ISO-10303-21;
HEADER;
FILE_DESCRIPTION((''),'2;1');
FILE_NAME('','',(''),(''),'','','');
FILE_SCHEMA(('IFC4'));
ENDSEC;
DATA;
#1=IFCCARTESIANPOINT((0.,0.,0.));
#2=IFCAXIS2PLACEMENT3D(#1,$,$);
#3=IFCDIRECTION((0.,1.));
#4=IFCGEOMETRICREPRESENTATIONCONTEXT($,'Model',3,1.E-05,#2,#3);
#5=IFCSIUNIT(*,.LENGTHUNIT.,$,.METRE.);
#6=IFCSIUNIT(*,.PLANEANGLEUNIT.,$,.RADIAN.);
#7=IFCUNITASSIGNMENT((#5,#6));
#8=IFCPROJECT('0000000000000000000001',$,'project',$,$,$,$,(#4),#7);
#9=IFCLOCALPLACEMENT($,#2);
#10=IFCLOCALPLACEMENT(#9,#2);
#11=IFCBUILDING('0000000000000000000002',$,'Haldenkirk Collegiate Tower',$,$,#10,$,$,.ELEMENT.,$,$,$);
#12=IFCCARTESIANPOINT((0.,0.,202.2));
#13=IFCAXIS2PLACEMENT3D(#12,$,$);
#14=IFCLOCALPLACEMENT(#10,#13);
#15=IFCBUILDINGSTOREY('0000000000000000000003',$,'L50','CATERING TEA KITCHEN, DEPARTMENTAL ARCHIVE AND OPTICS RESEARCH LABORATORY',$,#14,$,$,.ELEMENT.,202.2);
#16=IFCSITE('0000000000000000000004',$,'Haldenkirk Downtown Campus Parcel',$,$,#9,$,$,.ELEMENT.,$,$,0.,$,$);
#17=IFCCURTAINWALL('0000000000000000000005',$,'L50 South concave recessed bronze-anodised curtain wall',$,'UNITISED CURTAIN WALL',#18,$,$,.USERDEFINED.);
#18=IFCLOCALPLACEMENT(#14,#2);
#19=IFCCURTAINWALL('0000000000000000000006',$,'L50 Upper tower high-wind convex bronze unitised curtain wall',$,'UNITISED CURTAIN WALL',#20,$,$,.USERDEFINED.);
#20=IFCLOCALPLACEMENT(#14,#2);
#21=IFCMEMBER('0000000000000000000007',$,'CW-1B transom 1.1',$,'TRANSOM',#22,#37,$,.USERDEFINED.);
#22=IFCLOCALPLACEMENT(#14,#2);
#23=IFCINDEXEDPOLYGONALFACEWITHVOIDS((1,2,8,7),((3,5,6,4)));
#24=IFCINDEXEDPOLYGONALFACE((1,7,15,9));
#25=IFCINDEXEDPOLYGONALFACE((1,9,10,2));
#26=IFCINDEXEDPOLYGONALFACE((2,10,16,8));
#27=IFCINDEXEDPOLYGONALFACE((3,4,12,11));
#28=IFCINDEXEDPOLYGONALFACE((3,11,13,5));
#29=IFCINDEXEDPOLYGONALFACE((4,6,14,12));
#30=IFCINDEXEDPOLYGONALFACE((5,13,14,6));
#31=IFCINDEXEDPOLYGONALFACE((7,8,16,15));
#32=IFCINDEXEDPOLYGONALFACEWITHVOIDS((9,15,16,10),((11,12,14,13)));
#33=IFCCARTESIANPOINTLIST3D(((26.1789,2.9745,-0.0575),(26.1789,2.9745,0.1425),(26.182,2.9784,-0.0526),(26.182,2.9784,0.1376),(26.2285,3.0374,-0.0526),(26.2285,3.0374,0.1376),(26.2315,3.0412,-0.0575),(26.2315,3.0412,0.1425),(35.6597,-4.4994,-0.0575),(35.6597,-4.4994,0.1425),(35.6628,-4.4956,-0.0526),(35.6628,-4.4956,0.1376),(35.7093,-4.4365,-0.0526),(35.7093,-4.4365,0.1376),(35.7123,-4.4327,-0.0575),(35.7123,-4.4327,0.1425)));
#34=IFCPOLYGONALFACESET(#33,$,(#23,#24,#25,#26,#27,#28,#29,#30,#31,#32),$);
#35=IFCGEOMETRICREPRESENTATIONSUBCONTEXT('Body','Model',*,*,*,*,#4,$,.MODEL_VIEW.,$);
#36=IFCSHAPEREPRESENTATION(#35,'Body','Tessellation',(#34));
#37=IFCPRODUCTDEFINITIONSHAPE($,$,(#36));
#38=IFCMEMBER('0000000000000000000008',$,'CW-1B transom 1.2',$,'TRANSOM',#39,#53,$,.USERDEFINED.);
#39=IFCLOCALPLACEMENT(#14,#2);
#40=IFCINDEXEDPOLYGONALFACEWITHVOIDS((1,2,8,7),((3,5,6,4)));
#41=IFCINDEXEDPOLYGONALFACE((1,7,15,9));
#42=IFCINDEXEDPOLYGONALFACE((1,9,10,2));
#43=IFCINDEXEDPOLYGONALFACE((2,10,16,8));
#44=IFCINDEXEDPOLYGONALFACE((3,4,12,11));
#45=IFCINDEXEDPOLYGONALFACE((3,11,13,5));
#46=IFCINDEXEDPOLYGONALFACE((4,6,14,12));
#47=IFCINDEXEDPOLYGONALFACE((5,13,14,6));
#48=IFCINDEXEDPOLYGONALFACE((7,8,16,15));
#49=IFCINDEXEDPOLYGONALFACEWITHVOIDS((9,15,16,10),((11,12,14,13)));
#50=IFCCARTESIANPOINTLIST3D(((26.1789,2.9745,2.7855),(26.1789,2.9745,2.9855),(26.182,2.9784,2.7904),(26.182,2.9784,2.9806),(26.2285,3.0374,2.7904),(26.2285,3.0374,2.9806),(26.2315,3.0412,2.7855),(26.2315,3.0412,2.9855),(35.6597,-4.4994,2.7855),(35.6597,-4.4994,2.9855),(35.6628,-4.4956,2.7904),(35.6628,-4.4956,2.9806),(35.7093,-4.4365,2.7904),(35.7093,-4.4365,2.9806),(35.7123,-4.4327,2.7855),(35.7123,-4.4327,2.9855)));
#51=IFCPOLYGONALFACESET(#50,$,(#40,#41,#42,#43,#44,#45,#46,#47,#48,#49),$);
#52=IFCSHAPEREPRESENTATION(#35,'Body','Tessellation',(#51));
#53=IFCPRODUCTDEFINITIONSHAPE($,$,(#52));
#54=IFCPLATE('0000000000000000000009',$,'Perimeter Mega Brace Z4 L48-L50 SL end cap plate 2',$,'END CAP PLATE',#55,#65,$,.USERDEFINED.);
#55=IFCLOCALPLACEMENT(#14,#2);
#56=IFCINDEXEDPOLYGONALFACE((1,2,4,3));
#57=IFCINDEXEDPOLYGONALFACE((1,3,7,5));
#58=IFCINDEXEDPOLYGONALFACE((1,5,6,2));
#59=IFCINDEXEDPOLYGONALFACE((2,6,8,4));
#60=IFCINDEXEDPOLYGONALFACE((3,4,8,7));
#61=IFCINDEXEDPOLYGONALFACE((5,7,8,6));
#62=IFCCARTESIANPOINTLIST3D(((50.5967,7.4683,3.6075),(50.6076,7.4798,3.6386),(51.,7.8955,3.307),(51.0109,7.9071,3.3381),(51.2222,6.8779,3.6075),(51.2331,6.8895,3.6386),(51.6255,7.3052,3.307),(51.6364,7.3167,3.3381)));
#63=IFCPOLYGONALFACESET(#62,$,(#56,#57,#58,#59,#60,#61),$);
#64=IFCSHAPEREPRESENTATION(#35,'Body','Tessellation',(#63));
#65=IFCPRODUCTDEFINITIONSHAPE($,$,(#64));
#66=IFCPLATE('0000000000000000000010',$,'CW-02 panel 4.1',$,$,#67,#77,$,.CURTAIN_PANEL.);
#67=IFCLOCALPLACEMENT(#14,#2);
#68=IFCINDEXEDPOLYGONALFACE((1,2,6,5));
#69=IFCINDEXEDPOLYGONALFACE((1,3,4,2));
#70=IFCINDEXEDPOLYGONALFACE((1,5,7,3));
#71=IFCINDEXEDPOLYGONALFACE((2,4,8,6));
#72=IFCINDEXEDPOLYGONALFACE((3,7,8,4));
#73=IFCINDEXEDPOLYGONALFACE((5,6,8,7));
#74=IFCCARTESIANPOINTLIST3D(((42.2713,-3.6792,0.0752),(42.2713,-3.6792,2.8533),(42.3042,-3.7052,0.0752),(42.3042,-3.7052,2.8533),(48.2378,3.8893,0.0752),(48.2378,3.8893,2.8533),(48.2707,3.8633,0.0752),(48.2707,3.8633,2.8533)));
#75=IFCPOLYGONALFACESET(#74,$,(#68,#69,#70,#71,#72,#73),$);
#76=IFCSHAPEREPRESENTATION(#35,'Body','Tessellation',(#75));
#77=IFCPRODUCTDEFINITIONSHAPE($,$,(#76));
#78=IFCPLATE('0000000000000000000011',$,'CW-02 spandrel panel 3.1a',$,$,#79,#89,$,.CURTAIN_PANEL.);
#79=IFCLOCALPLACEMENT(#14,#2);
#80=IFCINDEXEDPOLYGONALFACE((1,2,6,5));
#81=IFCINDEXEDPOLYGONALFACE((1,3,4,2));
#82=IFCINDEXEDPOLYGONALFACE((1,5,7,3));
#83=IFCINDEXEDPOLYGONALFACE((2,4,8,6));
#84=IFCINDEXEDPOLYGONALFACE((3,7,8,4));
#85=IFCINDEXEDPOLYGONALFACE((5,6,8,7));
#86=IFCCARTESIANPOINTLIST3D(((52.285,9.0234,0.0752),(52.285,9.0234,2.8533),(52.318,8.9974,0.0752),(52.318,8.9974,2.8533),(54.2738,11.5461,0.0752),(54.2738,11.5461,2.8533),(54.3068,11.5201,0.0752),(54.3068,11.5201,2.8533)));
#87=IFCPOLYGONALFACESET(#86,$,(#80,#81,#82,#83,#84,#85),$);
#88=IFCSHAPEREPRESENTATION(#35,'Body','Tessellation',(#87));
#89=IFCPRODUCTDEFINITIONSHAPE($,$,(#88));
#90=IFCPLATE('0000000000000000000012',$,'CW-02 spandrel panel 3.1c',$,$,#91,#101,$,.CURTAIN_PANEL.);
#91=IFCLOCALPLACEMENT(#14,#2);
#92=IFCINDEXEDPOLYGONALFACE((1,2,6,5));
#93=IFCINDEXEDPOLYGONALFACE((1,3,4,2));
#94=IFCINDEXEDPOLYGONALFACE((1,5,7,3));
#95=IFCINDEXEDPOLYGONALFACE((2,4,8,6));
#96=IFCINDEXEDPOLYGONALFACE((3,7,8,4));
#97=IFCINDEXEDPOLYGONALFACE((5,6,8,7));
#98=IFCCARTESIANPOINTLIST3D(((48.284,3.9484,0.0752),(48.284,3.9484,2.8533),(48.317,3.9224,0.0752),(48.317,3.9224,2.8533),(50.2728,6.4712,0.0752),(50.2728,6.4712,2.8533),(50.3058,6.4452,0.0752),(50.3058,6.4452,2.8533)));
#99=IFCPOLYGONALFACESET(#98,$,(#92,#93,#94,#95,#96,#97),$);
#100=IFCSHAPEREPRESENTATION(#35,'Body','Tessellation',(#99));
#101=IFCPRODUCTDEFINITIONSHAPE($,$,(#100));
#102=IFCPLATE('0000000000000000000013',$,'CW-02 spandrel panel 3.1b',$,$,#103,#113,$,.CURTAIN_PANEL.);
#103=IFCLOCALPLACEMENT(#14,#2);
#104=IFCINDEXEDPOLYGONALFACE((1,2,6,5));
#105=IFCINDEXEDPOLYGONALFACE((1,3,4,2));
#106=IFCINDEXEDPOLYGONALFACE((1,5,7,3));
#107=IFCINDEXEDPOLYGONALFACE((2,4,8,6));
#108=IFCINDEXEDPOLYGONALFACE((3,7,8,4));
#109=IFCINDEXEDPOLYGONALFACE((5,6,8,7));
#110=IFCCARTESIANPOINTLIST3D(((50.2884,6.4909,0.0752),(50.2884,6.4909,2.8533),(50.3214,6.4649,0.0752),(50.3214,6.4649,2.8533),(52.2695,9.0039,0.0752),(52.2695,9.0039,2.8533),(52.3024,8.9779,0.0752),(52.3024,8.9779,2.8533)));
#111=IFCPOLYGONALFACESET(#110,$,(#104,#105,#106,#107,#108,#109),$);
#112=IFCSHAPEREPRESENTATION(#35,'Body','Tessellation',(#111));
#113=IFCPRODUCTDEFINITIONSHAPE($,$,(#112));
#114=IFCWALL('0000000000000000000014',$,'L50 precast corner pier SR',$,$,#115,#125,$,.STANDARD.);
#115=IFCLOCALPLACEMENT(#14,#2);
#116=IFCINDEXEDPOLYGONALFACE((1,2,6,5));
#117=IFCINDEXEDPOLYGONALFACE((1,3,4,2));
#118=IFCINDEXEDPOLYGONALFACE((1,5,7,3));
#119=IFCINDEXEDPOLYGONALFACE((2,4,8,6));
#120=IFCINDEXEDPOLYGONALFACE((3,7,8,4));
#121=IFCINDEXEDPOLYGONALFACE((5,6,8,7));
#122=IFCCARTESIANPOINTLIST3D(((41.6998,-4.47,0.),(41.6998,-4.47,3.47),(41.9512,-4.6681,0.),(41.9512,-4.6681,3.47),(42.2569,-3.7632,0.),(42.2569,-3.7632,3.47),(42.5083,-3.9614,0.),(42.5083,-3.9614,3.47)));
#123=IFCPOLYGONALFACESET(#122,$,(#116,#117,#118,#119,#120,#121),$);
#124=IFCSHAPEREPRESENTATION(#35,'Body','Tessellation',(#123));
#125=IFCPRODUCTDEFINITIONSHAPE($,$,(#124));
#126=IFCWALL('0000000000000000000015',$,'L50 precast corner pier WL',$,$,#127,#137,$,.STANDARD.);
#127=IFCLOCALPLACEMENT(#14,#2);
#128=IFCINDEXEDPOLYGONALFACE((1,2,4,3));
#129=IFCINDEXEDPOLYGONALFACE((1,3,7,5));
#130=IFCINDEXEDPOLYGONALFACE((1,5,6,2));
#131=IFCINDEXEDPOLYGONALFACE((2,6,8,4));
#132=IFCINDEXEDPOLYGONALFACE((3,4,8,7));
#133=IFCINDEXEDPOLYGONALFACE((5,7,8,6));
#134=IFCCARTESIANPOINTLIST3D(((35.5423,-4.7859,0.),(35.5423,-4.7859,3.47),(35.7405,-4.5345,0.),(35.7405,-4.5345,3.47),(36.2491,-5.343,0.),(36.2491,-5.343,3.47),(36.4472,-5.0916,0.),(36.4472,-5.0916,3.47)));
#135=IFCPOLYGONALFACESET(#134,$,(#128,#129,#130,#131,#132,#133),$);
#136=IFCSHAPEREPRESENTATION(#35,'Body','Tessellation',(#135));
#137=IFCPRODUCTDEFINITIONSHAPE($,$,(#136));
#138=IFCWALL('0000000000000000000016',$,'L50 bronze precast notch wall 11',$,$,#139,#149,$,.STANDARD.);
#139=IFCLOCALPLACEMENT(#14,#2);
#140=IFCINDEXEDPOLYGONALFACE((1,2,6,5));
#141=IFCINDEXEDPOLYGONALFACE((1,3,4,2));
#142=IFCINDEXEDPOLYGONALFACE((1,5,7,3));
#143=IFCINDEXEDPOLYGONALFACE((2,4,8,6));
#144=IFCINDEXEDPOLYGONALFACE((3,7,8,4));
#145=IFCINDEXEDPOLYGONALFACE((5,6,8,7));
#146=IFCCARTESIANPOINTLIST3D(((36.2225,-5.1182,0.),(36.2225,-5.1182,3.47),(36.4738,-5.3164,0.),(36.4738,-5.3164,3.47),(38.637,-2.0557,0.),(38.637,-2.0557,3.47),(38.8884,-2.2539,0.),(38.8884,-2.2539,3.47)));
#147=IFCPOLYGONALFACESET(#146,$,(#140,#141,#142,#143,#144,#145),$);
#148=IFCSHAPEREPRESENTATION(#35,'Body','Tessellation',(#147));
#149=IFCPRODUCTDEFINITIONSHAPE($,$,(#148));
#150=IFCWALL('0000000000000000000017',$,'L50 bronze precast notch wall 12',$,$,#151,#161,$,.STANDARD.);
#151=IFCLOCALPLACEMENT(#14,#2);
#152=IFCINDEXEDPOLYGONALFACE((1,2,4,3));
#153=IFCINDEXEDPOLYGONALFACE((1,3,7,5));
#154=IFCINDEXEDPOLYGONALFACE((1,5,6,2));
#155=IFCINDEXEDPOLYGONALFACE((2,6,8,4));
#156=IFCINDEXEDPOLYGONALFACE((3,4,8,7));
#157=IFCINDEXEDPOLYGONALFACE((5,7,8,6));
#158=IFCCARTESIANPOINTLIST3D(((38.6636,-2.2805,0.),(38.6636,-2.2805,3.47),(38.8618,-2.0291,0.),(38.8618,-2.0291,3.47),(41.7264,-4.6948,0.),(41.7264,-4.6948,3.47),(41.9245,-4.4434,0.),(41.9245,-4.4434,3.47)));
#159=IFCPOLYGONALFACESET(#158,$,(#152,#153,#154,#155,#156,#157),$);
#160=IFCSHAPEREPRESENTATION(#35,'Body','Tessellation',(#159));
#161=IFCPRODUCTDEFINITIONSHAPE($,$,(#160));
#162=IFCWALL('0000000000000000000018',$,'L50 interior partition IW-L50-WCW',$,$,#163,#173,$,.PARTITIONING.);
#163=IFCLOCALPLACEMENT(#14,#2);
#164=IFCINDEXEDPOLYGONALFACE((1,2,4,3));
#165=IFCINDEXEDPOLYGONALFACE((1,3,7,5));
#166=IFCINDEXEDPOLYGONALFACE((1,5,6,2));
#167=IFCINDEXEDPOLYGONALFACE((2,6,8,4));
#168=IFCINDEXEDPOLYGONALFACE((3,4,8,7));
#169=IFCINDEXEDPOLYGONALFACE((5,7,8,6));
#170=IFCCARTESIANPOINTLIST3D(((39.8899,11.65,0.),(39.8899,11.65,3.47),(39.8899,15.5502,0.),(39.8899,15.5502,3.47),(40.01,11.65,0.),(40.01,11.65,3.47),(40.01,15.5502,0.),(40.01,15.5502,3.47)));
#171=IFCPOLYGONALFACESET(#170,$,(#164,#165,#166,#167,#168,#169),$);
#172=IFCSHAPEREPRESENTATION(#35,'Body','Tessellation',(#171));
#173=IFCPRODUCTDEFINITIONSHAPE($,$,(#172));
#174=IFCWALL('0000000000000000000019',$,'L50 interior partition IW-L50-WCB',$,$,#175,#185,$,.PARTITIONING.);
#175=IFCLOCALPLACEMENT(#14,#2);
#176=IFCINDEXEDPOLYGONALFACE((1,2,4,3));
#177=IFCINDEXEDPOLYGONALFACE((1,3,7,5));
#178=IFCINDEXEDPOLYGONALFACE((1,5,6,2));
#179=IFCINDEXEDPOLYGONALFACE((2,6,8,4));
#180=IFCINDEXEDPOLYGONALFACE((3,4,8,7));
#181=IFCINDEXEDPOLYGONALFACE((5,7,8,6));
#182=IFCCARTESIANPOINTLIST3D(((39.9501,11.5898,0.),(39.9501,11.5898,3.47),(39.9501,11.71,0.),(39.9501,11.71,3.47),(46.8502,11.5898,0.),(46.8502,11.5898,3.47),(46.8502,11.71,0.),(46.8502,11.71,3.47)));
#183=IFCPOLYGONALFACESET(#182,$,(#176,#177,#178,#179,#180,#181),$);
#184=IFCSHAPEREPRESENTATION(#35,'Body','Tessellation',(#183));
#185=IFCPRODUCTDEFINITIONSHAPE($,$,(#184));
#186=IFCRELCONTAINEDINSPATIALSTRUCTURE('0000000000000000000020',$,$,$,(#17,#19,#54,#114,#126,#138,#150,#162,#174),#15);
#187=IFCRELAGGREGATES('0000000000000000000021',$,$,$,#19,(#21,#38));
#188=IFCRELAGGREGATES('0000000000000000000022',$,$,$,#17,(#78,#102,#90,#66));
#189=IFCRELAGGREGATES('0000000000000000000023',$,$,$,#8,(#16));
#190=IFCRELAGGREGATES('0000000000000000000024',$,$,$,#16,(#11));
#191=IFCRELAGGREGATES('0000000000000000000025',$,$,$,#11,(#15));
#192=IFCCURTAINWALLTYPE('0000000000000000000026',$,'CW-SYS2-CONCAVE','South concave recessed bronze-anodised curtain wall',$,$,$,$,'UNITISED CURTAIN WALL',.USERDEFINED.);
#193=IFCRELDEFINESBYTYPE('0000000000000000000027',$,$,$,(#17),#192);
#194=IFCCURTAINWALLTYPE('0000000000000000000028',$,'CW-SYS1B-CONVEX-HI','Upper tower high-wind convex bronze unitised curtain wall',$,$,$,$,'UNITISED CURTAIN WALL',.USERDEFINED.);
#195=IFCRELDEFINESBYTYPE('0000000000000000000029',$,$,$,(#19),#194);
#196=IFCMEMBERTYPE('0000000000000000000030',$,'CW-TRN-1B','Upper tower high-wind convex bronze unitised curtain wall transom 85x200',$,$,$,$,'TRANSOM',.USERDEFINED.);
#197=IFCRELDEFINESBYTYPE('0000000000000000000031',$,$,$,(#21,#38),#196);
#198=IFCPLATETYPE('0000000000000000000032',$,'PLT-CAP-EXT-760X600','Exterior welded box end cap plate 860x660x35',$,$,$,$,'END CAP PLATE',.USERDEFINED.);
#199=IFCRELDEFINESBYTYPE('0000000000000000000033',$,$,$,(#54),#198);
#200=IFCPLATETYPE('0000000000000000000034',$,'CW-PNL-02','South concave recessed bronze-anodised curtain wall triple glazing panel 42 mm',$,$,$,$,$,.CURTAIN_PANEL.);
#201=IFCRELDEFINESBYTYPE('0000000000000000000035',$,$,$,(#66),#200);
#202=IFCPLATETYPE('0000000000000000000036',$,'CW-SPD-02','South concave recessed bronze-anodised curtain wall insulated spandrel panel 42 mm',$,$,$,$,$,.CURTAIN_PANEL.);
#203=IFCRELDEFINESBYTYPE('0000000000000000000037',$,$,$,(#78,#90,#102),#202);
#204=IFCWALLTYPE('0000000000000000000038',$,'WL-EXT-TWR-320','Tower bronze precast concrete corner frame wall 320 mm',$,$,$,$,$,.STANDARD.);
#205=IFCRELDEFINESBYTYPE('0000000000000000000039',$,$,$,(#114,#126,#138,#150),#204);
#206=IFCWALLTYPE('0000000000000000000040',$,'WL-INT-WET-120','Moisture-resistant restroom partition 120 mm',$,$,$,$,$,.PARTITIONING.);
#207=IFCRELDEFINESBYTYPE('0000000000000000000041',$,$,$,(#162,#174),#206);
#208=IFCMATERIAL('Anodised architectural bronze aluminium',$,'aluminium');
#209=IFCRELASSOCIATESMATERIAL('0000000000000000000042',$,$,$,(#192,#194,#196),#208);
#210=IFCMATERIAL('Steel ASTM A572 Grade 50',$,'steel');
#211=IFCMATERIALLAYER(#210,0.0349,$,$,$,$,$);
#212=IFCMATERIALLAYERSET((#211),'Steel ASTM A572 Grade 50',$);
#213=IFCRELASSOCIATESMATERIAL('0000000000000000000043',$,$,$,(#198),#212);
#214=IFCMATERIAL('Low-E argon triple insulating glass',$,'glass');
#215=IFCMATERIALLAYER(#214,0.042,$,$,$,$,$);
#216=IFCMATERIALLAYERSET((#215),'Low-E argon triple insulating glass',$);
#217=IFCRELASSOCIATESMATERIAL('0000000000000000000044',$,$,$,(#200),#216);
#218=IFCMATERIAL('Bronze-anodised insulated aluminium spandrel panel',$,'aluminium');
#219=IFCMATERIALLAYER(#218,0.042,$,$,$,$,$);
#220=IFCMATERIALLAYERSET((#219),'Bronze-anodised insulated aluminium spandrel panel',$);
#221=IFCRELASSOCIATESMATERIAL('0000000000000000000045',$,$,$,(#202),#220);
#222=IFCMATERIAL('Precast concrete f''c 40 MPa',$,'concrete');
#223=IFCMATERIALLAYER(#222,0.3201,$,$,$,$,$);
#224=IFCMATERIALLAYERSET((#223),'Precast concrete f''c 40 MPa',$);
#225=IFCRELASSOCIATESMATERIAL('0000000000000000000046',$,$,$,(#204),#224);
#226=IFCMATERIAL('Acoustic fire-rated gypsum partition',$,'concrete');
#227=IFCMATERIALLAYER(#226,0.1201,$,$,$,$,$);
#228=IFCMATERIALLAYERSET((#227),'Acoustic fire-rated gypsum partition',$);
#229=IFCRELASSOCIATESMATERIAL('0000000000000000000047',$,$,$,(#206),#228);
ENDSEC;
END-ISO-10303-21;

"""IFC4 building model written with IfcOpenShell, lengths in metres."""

from ifc_helpers import new_model, si_unit, direction, frame, frame_2d, origin, origin_2d, place, context, subcontext, project, spatial, rectangle, hollow_rectangle, extrude, source, transform, mapped, material, layer, layer_set, material_profile, profile_set, type_object, element, aggregate, save


model = new_model("IFC4")

# Units and contexts
model_context = context("Model", 3, precision=1e-05, world=origin(), true_north=direction((0.0, 1.0)))
body_context = subcontext(model_context, "Body", "Model", "MODEL_VIEW")
ifc_project = project(units=[si_unit("LENGTHUNIT", "METRE"), si_unit("PLANEANGLEUNIT", "RADIAN")], contexts=[model_context])

# Site, building, storey
site_placement = place(None, origin())
site = spatial("IfcSite", under=ifc_project, at=site_placement, Name="Haldenkirk Downtown Campus Parcel", CompositionType="ELEMENT", RefElevation=0.0)
building_placement = place(site_placement, origin())
building = spatial("IfcBuilding", under=site, at=building_placement, Name="Haldenkirk Collegiate Tower", CompositionType="ELEMENT")
storey_placement = place(building_placement, frame((0.0, 0.0, 202.2)))
storey = spatial("IfcBuildingStorey", under=building, at=storey_placement, Name="L50", Description="CATERING TEA KITCHEN, DEPARTMENTAL ARCHIVE AND OPTICS RESEARCH LABORATORY", CompositionType="ELEMENT", Elevation=202.2)

# Shared definitions
ifc_material_1 = material(Name="Steel ASTM A572 Grade 50", Category="steel")

# Curtain wall
ifc_material_2 = material(Name="Anodised architectural bronze aluminium", Category="aluminium")
curtain_wall_type_1 = type_object("IfcCurtainWallType", Name="CW-SYS2-CONCAVE", Description="South concave recessed bronze-anodised curtain wall", ElementType="UNITISED CURTAIN WALL", PredefinedType="USERDEFINED", material=ifc_material_2)
curtain_wall_1_placement = place(storey_placement, origin())
curtain_wall_1 = element("IfcCurtainWall", 1, at=curtain_wall_1_placement, inside=storey, type_object=curtain_wall_type_1, Name="L50 South concave recessed bronze-anodised curtain wall", ObjectType="UNITISED CURTAIN WALL", PredefinedType="USERDEFINED")

# Curtain wall
curtain_wall_type_2 = type_object("IfcCurtainWallType", Name="CW-SYS1B-CONVEX-HI", Description="Upper tower high-wind convex bronze unitised curtain wall", ElementType="UNITISED CURTAIN WALL", PredefinedType="USERDEFINED", material=ifc_material_2)
curtain_wall_2_placement = place(storey_placement, origin())
curtain_wall_2 = element("IfcCurtainWall", 2, at=curtain_wall_2_placement, inside=storey, type_object=curtain_wall_type_2, Name="L50 Upper tower high-wind convex bronze unitised curtain wall", ObjectType="UNITISED CURTAIN WALL", PredefinedType="USERDEFINED")

# Members
ifc_material_profile_1 = material_profile(ifc_material_2, hollow_rectangle(XDim=0.085, YDim=0.2, WallThickness=0.0049, at=origin_2d()), Name="CW-TRN-1B")
ifc_profile_set_1 = profile_set([ifc_material_profile_1], Name="Anodised architectural bronze aluminium")
member_type_1 = type_object("IfcMemberType", Name="CW-TRN-1B", Description="Upper tower high-wind convex bronze unitised curtain wall transom 85x200", ElementType="TRANSOM", PredefinedType="USERDEFINED", material=ifc_profile_set_1)
member_1_placement = place(storey_placement, frame((35.686, -4.4661, 0.0425), z_axis=(-0.785322, 0.619088, 0.0), x_axis=(-0.619088, -0.785322, 0.0)))
member_1 = element("IfcMember", 3, at=member_1_placement, type_object=member_type_1, Name="CW-1B transom 1.1", ObjectType="TRANSOM", PredefinedType="USERDEFINED", context=body_context, shape_type="SweptSolid", body=[
    extrude(hollow_rectangle(XDim=0.085, YDim=0.2, WallThickness=0.0049, at=origin_2d()), origin(), (0.0, 0.0, 1.0), 12.0725),
])
member_2_placement = place(storey_placement, frame((35.686, -4.4661, 2.8855), z_axis=(-0.785322, 0.619088, 0.0), x_axis=(-0.619088, -0.785322, 0.0)))
member_2 = element("IfcMember", 4, at=member_2_placement, type_object=member_type_1, Name="CW-1B transom 1.2", ObjectType="TRANSOM", PredefinedType="USERDEFINED", context=body_context, shape_type="SweptSolid", body=[
    extrude(hollow_rectangle(XDim=0.085, YDim=0.2, WallThickness=0.0049, at=origin_2d()), origin(), (0.0, 0.0, 1.0), 12.0725),
])
aggregate(curtain_wall_2, [member_1, member_2])

# Plates
ifc_layer_1 = layer(ifc_material_1, 0.0349)
ifc_layer_set_1 = layer_set([ifc_layer_1], Name="Steel ASTM A572 Grade 50")
plate_type_1 = type_object("IfcPlateType", Name="PLT-CAP-EXT-760X600", Description="Exterior welded box end cap plate 860x660x35", ElementType="END CAP PLATE", PredefinedType="USERDEFINED", material=ifc_layer_set_1)
shared_shape_1 = source(origin(), body_context, "Body", "SweptSolid", [
    extrude(rectangle(XDim=0.8601, YDim=0.6599, at=origin_2d()), origin(), (0.0, 0.0, 1.0), 0.0349),
])
plate_1_placement = place(storey_placement, frame((51.1111, 7.3867, 3.4573), z_axis=(0.312556, 0.33114, 0.890312), x_axis=(-0.727219, 0.686406, 0.0)))
element("IfcPlate", 5, at=plate_1_placement, inside=storey, type_object=plate_type_1, Name="Perimeter Mega Brace Z4 L48-L50 SL end cap plate 2", ObjectType="END CAP PLATE", PredefinedType="USERDEFINED", context=body_context, shape_type="MappedRepresentation", body=[
    mapped(shared_shape_1, transform((0.0, 0.0, 0.0), x_axis=(1.0, 0.0, 0.0), y_axis=(0.0, 1.0, 0.0), z_axis=(0.0, 0.0, 1.0), scale=1.0)),
])
ifc_material_3 = material(Name="Low-E argon triple insulating glass", Category="glass")
ifc_layer_2 = layer(ifc_material_3, 0.042)
ifc_layer_set_2 = layer_set([ifc_layer_2], Name="Low-E argon triple insulating glass")
plate_type_2 = type_object("IfcPlateType", Name="CW-PNL-02", Description="South concave recessed bronze-anodised curtain wall triple glazing panel 42 mm", PredefinedType="CURTAIN_PANEL", material=ifc_layer_set_2)
shared_shape_2 = source(origin(), body_context, "Body", "SweptSolid", [
    extrude(rectangle(XDim=9.6375, YDim=0.042, at=origin_2d()), origin(), (0.0, 0.0, 1.0), 2.7781),
])
plate_2_placement = place(storey_placement, frame((45.271, 0.092, 0.0752), z_axis=(0.0, 0.0, 1.0), x_axis=(-0.619094, -0.785317, 0.0)))
plate_2 = element("IfcPlate", 6, at=plate_2_placement, type_object=plate_type_2, Name="CW-02 panel 4.1", PredefinedType="CURTAIN_PANEL", context=body_context, shape_type="MappedRepresentation", body=[
    mapped(shared_shape_2, transform((0.0, 0.0, 0.0), x_axis=(1.0, 0.0, 0.0), y_axis=(0.0, 1.0, 0.0), z_axis=(0.0, 0.0, 1.0), scale=1.0)),
])
ifc_material_4 = material(Name="Bronze-anodised insulated aluminium spandrel panel", Category="aluminium")
ifc_layer_3 = layer(ifc_material_4, 0.042)
ifc_layer_set_3 = layer_set([ifc_layer_3], Name="Bronze-anodised insulated aluminium spandrel panel")
plate_type_3 = type_object("IfcPlateType", Name="CW-SPD-02", Description="South concave recessed bronze-anodised curtain wall insulated spandrel panel 42 mm", PredefinedType="CURTAIN_PANEL", material=ifc_layer_set_3)
shared_shape_3 = source(origin(), body_context, "Body", "SweptSolid", [
    extrude(rectangle(XDim=3.2124, YDim=0.042, at=origin_2d()), origin(), (0.0, 0.0, 1.0), 2.7781),
])
plate_3_placement = place(storey_placement, frame((53.2959, 10.2717, 0.0752), z_axis=(0.0, 0.0, 1.0), x_axis=(-0.619094, -0.785317, 0.0)))
plate_3 = element("IfcPlate", 7, at=plate_3_placement, type_object=plate_type_3, Name="CW-02 spandrel panel 3.1a", PredefinedType="CURTAIN_PANEL", context=body_context, shape_type="MappedRepresentation", body=[
    mapped(shared_shape_3, transform((0.0, 0.0, 0.0), x_axis=(1.0, 0.0, 0.0), y_axis=(0.0, 1.0, 0.0), z_axis=(0.0, 0.0, 1.0), scale=1.0)),
])
plate_4_placement = place(storey_placement, frame((49.2949, 5.1968, 0.0752), z_axis=(0.0, 0.0, 1.0), x_axis=(-0.619094, -0.785317, 0.0)))
plate_4 = element("IfcPlate", 8, at=plate_4_placement, type_object=plate_type_3, Name="CW-02 spandrel panel 3.1c", PredefinedType="CURTAIN_PANEL", context=body_context, shape_type="MappedRepresentation", body=[
    mapped(shared_shape_3, transform((0.0, 0.0, 0.0), x_axis=(1.0, 0.0, 0.0), y_axis=(0.0, 1.0, 0.0), z_axis=(0.0, 0.0, 1.0), scale=1.0)),
])
shared_shape_4 = source(origin(), body_context, "Body", "SweptSolid", [
    extrude(rectangle(XDim=3.2, YDim=0.042, at=origin_2d()), origin(), (0.0, 0.0, 1.0), 2.7781),
])
plate_5_placement = place(storey_placement, frame((51.2954, 7.7344, 0.0752), z_axis=(0.0, 0.0, 1.0), x_axis=(-0.619094, -0.785317, 0.0)))
plate_5 = element("IfcPlate", 9, at=plate_5_placement, type_object=plate_type_3, Name="CW-02 spandrel panel 3.1b", PredefinedType="CURTAIN_PANEL", context=body_context, shape_type="MappedRepresentation", body=[
    mapped(shared_shape_4, transform((0.0, 0.0, 0.0), x_axis=(1.0, 0.0, 0.0), y_axis=(0.0, 1.0, 0.0), z_axis=(0.0, 0.0, 1.0), scale=1.0)),
])
aggregate(curtain_wall_1, [plate_3, plate_5, plate_4, plate_2])

# Walls
ifc_material_5 = material(Name="Precast concrete f'c 40 MPa", Category="concrete")
ifc_layer_4 = layer(ifc_material_5, 0.3201)
ifc_layer_set_4 = layer_set([ifc_layer_4], Name="Precast concrete f'c 40 MPa")
wall_type_1 = type_object("IfcWallType", Name="WL-EXT-TWR-320", Description="Tower bronze precast concrete corner frame wall 320 mm", PredefinedType="STANDARD", material=ifc_layer_set_4)
for number, where, z_axis, x_axis, name in (
    (10, (42.3826, -3.8623, 0.0), (0.0, 0.0, 1.0), (-0.619055, -0.785348, 0.0), "L50 precast corner pier SR"),
    (11, (36.3481, -5.2173, 0.0), (0.0, 0.0, 1.0), (-0.785348, 0.619055, 0.0), "L50 precast corner pier WL"),
):
    element("IfcWall", number, at=place(storey_placement, frame(where, z_axis=z_axis, x_axis=x_axis)), inside=storey, type_object=wall_type_1, Name=name, PredefinedType="STANDARD", context=body_context, shape_type="SweptSolid", body=[
        extrude(rectangle(XDim=0.8999, YDim=0.3201, at=frame_2d((0.45, 0.0))), origin(), (0.0, 0.0, 1.0), 3.47),
    ])
for number, where, z_axis, x_axis, name in (
    (12, (38.7627, -2.1548, 0.0), (0.0, 0.0, 1.0), (-0.619137, -0.785283, 0.0), "L50 bronze precast notch wall 11"),
    (13, (41.8254, -4.5691, 0.0), (0.0, 0.0, 1.0), (-0.785338, 0.619068, 0.0), "L50 bronze precast notch wall 12"),
):
    element("IfcWall", number, at=place(storey_placement, frame(where, z_axis=z_axis, x_axis=x_axis)), inside=storey, type_object=wall_type_1, Name=name, PredefinedType="STANDARD", context=body_context, shape_type="SweptSolid", body=[
        extrude(rectangle(XDim=3.8999, YDim=0.3201, at=frame_2d((1.95, 0.0))), origin(), (0.0, 0.0, 1.0), 3.47),
    ])
ifc_material_6 = material(Name="Acoustic fire-rated gypsum partition", Category="concrete")
ifc_layer_5 = layer(ifc_material_6, 0.1201)
ifc_layer_set_5 = layer_set([ifc_layer_5], Name="Acoustic fire-rated gypsum partition")
wall_type_2 = type_object("IfcWallType", Name="WL-INT-WET-120", Description="Moisture-resistant restroom partition 120 mm", PredefinedType="PARTITIONING", material=ifc_layer_set_5)
wall_1_placement = place(storey_placement, frame((39.95, 11.6499, 0.0), z_axis=(0.0, 0.0, 1.0), x_axis=(0.0, 1.0, 0.0)))
element("IfcWall", 14, at=wall_1_placement, inside=storey, type_object=wall_type_2, Name="L50 interior partition IW-L50-WCW", PredefinedType="PARTITIONING", context=body_context, shape_type="SweptSolid", body=[
    extrude(rectangle(XDim=3.9001, YDim=0.1201, at=frame_2d((1.9502, 0.0))), origin(), (0.0, 0.0, 1.0), 3.47),
])
wall_2_placement = place(storey_placement, frame((39.95, 11.6499, 0.0), z_axis=(0.0, 0.0, 1.0), x_axis=(1.0, 0.0, 0.0)))
element("IfcWall", 15, at=wall_2_placement, inside=storey, type_object=wall_type_2, Name="L50 interior partition IW-L50-WCB", PredefinedType="PARTITIONING", context=body_context, shape_type="SweptSolid", body=[
    extrude(rectangle(XDim=6.9001, YDim=0.1201, at=frame_2d((3.4502, 0.0))), origin(), (0.0, 0.0, 1.0), 3.47),
])

save(model, "model.ifc")
